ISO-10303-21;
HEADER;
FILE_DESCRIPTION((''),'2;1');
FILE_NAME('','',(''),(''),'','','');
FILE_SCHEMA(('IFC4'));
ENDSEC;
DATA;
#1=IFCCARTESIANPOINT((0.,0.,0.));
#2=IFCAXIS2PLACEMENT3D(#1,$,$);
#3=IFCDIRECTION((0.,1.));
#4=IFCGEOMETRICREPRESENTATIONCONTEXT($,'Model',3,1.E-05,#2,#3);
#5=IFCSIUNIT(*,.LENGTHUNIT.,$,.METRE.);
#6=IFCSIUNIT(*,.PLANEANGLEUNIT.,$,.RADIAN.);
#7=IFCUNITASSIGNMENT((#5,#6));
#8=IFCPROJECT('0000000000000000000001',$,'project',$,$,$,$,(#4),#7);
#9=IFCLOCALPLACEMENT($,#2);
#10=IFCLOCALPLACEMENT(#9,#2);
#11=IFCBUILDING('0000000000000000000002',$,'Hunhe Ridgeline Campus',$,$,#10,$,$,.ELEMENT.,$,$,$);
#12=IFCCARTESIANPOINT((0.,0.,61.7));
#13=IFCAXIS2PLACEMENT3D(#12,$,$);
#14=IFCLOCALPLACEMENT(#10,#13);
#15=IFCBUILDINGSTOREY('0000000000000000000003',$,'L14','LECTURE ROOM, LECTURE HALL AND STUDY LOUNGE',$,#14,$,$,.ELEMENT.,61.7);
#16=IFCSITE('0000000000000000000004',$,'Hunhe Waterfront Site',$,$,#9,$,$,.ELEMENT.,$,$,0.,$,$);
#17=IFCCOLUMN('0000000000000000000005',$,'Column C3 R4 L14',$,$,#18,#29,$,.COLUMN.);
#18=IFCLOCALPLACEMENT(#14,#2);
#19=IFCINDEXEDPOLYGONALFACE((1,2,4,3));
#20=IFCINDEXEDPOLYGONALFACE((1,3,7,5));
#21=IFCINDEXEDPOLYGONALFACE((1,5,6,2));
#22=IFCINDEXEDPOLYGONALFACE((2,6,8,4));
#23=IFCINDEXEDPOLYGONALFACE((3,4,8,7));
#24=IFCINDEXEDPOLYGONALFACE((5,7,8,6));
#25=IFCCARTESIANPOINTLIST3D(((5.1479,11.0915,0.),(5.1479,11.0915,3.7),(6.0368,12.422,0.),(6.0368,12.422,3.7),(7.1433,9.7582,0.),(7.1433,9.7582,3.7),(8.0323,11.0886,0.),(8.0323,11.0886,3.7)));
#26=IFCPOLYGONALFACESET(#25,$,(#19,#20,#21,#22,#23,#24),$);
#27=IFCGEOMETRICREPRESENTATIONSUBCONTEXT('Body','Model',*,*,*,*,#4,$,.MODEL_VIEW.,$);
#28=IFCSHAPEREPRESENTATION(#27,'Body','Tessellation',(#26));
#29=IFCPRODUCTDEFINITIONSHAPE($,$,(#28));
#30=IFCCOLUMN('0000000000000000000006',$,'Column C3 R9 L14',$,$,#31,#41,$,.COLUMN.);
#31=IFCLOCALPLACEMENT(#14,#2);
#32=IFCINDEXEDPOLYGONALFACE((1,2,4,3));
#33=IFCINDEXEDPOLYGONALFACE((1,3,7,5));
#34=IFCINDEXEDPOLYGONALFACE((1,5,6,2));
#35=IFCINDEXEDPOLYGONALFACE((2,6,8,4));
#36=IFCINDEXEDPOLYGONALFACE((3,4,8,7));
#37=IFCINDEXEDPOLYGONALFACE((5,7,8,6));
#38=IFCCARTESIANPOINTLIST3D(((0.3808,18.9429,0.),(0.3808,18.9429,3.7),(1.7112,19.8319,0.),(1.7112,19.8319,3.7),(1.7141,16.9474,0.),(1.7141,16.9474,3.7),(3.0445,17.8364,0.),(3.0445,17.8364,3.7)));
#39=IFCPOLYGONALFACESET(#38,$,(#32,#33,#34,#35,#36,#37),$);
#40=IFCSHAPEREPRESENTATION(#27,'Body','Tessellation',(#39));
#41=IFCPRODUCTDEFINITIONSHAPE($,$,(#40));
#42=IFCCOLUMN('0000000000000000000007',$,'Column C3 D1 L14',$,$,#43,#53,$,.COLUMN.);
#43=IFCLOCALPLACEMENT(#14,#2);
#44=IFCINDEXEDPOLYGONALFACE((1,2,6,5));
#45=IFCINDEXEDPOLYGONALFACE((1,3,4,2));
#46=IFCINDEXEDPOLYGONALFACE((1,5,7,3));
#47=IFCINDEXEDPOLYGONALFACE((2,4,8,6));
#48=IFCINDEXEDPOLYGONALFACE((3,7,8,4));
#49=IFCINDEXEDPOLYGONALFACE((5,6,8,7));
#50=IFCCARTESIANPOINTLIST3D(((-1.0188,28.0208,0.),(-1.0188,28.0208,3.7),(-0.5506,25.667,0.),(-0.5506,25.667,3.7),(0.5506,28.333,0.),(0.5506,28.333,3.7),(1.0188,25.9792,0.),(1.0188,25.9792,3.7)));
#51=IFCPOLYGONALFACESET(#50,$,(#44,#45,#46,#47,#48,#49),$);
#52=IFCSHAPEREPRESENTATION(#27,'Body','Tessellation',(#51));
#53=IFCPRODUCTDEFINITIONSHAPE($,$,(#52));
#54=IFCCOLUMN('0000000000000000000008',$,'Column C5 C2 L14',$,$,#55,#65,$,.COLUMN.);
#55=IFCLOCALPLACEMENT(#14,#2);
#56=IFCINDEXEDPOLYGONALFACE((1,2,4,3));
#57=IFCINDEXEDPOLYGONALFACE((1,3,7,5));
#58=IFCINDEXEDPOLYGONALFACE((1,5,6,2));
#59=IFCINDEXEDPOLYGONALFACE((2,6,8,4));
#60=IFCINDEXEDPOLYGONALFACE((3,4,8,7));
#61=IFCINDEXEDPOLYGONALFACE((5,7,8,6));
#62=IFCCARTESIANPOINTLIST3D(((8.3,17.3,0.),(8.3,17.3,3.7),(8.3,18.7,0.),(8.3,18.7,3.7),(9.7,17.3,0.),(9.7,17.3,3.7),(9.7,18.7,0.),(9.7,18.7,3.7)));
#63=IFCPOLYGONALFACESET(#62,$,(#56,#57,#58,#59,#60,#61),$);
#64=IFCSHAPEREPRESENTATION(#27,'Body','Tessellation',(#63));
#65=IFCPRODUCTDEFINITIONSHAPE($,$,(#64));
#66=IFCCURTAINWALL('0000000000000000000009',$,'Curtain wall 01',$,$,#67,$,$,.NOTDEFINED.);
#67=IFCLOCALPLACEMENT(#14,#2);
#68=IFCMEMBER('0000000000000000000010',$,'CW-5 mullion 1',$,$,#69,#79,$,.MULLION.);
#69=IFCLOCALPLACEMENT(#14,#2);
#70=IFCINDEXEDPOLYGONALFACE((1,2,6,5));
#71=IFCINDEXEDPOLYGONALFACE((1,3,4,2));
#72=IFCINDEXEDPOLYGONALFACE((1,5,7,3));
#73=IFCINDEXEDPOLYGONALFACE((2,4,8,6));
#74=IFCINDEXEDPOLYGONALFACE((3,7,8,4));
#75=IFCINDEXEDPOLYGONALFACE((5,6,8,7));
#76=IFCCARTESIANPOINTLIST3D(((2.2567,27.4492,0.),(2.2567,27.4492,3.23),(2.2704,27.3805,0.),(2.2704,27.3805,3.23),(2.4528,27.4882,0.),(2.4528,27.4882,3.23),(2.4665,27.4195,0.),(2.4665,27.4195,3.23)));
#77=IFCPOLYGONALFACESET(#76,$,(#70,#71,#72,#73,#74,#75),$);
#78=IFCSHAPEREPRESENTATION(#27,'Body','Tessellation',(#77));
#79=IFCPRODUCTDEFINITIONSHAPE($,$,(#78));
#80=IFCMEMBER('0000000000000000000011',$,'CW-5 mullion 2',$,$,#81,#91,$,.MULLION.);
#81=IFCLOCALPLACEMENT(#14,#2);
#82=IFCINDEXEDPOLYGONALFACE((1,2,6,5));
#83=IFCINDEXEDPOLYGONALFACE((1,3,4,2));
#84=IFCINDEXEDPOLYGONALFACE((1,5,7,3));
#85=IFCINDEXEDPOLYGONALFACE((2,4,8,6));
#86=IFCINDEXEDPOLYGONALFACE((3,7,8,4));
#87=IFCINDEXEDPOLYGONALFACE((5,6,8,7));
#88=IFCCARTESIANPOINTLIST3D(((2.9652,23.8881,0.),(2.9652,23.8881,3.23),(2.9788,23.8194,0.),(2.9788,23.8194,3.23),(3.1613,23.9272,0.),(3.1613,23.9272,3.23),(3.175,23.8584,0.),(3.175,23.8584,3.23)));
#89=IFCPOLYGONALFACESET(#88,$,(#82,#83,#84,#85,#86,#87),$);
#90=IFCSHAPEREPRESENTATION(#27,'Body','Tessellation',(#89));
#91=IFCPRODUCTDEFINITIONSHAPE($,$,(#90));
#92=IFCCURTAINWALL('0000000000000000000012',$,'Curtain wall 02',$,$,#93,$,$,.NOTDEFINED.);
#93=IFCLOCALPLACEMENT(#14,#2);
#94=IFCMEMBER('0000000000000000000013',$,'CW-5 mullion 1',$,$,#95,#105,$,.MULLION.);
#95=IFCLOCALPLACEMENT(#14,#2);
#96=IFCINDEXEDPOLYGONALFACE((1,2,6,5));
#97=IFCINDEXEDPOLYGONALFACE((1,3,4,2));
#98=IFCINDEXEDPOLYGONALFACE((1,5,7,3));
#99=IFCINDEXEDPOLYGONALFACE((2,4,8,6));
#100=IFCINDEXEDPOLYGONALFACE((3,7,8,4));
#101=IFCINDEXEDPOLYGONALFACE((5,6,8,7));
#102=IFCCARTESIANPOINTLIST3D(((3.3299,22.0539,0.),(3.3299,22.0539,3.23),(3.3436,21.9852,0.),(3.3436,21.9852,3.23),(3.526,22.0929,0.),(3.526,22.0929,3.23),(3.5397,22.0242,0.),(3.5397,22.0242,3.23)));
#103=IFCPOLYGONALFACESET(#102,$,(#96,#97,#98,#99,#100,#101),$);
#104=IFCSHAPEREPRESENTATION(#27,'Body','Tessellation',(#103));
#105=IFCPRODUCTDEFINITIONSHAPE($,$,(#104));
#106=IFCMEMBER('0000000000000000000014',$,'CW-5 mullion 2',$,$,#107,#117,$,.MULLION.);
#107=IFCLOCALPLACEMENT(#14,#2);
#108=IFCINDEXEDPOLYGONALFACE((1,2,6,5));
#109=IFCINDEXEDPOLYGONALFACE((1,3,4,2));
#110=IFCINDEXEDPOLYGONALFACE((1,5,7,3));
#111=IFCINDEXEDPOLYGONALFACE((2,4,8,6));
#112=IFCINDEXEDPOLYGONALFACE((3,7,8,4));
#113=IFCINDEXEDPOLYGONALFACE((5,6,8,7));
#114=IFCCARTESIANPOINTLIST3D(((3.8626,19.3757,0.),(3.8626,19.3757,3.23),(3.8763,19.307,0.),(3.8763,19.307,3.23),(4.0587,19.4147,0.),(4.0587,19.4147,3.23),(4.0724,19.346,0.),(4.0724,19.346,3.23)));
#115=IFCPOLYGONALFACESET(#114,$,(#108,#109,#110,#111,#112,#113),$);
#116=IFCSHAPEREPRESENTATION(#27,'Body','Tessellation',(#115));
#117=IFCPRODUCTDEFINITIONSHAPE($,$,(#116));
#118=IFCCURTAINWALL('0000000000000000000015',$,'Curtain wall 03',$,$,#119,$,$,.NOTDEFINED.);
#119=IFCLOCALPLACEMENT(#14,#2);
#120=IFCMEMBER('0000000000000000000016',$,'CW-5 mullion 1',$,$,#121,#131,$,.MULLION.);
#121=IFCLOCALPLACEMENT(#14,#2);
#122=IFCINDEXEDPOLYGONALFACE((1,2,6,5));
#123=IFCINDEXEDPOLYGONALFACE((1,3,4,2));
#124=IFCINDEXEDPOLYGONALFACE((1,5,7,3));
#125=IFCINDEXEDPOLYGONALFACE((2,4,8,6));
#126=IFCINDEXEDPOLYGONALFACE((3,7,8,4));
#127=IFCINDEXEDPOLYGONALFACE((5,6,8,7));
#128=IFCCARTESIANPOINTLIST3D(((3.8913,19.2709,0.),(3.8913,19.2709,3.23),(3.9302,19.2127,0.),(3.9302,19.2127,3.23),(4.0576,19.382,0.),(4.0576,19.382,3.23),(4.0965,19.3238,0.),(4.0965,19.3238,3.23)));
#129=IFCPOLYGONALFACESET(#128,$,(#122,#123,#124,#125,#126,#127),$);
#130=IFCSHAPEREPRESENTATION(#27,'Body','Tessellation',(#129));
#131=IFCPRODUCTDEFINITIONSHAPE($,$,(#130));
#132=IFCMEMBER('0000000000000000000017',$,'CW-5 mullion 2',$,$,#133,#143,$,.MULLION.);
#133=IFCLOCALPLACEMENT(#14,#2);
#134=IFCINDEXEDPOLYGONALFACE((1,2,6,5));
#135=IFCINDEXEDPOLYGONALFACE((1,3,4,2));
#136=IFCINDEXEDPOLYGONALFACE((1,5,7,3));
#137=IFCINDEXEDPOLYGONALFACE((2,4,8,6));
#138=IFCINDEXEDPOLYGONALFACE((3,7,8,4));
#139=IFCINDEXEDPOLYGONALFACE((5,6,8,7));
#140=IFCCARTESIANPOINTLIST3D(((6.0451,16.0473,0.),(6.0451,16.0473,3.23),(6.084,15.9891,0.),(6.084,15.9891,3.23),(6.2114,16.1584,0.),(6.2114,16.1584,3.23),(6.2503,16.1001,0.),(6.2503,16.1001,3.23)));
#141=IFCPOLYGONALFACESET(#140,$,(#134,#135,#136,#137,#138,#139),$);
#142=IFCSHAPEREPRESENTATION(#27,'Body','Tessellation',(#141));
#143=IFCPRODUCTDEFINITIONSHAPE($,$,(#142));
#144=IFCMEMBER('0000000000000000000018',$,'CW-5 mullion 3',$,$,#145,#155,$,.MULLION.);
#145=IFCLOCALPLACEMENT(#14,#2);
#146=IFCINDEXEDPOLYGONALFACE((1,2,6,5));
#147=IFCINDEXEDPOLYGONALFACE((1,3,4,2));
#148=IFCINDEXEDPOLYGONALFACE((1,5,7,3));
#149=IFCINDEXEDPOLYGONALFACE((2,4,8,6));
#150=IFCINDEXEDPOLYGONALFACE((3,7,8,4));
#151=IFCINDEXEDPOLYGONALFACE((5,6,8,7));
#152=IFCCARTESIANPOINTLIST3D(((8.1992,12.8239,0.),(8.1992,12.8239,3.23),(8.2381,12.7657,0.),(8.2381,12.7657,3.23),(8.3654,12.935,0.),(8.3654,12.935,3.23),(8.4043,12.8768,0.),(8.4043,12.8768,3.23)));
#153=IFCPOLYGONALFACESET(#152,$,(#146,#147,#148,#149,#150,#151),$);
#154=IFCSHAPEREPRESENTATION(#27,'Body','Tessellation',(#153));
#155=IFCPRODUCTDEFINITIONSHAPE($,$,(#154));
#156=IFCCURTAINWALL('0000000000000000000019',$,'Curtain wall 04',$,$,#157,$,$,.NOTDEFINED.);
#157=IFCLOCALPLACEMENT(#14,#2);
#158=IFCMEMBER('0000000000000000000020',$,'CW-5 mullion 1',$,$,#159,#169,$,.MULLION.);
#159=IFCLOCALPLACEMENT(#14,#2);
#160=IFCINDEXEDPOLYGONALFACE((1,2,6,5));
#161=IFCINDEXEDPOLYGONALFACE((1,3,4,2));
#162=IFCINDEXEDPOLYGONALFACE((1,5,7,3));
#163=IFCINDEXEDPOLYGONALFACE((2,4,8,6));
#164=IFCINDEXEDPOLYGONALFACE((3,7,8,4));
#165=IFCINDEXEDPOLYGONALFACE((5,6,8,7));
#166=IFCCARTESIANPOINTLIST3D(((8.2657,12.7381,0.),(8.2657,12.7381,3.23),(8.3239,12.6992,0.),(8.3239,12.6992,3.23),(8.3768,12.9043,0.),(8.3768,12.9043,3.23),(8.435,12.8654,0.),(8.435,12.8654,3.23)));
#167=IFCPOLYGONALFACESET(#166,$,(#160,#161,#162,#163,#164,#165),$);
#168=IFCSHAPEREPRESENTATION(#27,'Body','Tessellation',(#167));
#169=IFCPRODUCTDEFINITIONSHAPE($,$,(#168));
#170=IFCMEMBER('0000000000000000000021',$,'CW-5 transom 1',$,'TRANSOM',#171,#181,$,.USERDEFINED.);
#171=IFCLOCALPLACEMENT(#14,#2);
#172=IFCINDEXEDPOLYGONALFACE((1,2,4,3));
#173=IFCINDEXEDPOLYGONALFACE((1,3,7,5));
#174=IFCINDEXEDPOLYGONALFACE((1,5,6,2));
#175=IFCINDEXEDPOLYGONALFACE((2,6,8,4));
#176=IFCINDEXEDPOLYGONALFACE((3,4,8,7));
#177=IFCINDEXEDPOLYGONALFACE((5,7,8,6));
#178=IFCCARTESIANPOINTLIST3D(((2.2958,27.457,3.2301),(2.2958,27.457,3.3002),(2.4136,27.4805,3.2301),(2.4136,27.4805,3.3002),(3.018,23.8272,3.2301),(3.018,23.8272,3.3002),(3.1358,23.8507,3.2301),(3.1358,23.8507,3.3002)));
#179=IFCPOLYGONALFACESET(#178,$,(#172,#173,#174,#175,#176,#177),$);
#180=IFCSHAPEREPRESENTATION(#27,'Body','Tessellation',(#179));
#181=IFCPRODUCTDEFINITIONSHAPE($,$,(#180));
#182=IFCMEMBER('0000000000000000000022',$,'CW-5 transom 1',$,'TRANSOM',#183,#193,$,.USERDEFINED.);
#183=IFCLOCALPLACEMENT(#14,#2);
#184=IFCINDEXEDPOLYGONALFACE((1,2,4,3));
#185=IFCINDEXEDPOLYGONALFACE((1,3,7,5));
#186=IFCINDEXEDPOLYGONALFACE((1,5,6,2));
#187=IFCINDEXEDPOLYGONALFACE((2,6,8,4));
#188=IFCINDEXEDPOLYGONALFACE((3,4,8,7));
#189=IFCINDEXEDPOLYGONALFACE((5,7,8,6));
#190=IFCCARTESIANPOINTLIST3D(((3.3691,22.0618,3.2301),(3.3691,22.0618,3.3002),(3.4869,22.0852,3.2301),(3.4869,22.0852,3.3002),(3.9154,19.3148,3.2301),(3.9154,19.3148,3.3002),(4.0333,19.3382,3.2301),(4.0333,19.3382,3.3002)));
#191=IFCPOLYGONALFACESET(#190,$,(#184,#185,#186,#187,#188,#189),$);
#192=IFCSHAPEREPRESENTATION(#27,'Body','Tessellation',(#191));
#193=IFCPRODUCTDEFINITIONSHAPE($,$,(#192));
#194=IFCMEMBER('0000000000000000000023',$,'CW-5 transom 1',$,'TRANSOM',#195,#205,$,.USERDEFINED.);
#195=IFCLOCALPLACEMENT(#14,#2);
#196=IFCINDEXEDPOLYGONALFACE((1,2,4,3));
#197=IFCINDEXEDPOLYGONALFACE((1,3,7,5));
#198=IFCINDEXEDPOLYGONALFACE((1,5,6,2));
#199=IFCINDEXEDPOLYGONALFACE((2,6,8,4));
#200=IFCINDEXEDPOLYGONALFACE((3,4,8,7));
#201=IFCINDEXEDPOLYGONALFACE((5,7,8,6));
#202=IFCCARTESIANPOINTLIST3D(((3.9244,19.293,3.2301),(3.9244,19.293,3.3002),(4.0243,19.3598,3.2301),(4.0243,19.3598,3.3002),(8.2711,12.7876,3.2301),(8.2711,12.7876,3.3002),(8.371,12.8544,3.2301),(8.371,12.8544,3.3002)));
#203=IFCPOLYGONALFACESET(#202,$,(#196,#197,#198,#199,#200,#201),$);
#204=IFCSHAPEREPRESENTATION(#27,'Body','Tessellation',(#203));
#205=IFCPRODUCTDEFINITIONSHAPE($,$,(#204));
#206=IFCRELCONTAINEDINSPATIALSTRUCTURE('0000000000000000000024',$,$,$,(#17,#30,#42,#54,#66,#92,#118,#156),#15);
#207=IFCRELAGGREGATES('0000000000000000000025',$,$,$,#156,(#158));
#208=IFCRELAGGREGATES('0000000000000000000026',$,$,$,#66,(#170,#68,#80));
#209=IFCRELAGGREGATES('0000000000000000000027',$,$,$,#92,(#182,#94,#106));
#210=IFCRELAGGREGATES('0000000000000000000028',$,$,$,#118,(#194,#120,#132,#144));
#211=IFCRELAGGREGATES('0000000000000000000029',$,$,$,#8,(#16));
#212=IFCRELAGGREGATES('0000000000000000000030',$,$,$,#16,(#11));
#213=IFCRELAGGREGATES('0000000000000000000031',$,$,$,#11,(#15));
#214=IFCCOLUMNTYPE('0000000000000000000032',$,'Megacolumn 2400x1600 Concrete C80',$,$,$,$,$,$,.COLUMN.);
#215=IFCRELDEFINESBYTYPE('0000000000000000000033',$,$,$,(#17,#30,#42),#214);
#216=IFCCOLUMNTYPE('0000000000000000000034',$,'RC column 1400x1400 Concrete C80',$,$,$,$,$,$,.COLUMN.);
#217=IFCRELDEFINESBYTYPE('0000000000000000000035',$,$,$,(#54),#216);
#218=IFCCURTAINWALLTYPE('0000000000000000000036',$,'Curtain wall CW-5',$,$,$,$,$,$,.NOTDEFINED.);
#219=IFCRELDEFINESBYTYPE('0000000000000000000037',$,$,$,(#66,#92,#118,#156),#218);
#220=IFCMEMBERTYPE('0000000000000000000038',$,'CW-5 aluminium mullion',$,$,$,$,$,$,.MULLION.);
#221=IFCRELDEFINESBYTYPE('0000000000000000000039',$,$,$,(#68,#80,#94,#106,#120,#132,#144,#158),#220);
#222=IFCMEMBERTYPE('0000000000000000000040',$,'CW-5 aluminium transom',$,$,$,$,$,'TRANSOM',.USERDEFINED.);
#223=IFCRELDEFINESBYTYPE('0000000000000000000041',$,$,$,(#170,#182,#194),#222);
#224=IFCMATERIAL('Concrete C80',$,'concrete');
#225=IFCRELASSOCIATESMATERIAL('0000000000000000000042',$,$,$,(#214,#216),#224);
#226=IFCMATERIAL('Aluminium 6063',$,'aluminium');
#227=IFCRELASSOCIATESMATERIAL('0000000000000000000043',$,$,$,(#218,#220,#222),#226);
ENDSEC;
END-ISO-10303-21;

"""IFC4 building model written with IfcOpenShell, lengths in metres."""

from ifc_helpers import new_model, si_unit, direction, frame, origin, origin_2d, place, context, subcontext, project, spatial, rectangle, extrude, material, material_profile, profile_set, type_object, element, aggregate, save


model = new_model("IFC4")

# Units and contexts
model_context = context("Model", 3, precision=1e-05, world=origin(), true_north=direction((0.0, 1.0)))
body_context = subcontext(model_context, "Body", "Model", "MODEL_VIEW")
ifc_project = project(units=[si_unit("LENGTHUNIT", "METRE"), si_unit("PLANEANGLEUNIT", "RADIAN")], contexts=[model_context])

# Site, building, storey
site_placement = place(None, origin())
site = spatial("IfcSite", under=ifc_project, at=site_placement, Name="Hunhe Waterfront Site", CompositionType="ELEMENT", RefElevation=0.0)
building_placement = place(site_placement, origin())
building = spatial("IfcBuilding", under=site, at=building_placement, Name="Hunhe Ridgeline Campus", CompositionType="ELEMENT")
storey_placement = place(building_placement, frame((0.0, 0.0, 61.7)))
storey = spatial("IfcBuildingStorey", under=building, at=storey_placement, Name="L14", Description="LECTURE ROOM, LECTURE HALL AND STUDY LOUNGE", CompositionType="ELEMENT", Elevation=61.7)

# Columns
ifc_material_1 = material(Name="Concrete C80", Category="concrete")
ifc_material_profile_1 = material_profile(ifc_material_1, rectangle(XDim=2.3999, YDim=1.6001, at=origin_2d()))
ifc_profile_set_1 = profile_set([ifc_material_profile_1], Name="Concrete C80")
column_type_1 = type_object("IfcColumnType", Name="Megacolumn 2400x1600 Concrete C80", PredefinedType="COLUMN", material=ifc_profile_set_1)
for number, where, z_axis, x_axis, name in (
    (1, (6.5901, 11.0901, 0.0), (0.0, 0.0, 1.0), (-0.83147, 0.55557, 0.0), "Column C3 R4 L14"),
    (2, (1.7126, 18.3896, 0.0), (0.0, 0.0, 1.0), (-0.55557, 0.83147, 0.0), "Column C3 R9 L14"),
    (3, (0.0, 27.0, 0.0), (0.0, 0.0, 1.0), (-0.19509, 0.980785, 0.0), "Column C3 D1 L14"),
):
    element("IfcColumn", number, at=place(storey_placement, frame(where, z_axis=z_axis, x_axis=x_axis)), inside=storey, type_object=column_type_1, Name=name, PredefinedType="COLUMN", context=body_context, shape_type="SweptSolid", body=[
        extrude(rectangle(XDim=2.3999, YDim=1.6001, at=origin_2d()), origin(), (0.0, 0.0, 1.0), 3.7),
    ])
ifc_material_profile_2 = material_profile(ifc_material_1, rectangle(XDim=1.3999, YDim=1.3999, at=origin_2d()))
ifc_profile_set_2 = profile_set([ifc_material_profile_2], Name="Concrete C80")
column_type_2 = type_object("IfcColumnType", Name="RC column 1400x1400 Concrete C80", PredefinedType="COLUMN", material=ifc_profile_set_2)
column_placement = place(storey_placement, frame((9.0, 18.0, 0.0), z_axis=(0.0, 0.0, 1.0), x_axis=(1.0, 0.0, 0.0)))
element("IfcColumn", 4, at=column_placement, inside=storey, type_object=column_type_2, Name="Column C5 C2 L14", PredefinedType="COLUMN", context=body_context, shape_type="SweptSolid", body=[
    extrude(rectangle(XDim=1.3999, YDim=1.3999, at=origin_2d()), origin(), (0.0, 0.0, 1.0), 3.7),
])

# Curtain walls, members
ifc_material_2 = material(Name="Aluminium 6063", Category="aluminium")
curtain_wall_type = type_object("IfcCurtainWallType", Name="Curtain wall CW-5", PredefinedType="NOTDEFINED", material=ifc_material_2)
curtain_wall_1_placement = place(storey_placement, origin())
curtain_wall_1 = element("IfcCurtainWall", 5, at=curtain_wall_1_placement, inside=storey, type_object=curtain_wall_type, Name="Curtain wall 01", PredefinedType="NOTDEFINED")
ifc_material_profile_3 = material_profile(ifc_material_2, rectangle(XDim=0.2, YDim=0.0701, at=origin_2d()))
ifc_profile_set_3 = profile_set([ifc_material_profile_3], Name="Aluminium 6063")
member_type_1 = type_object("IfcMemberType", Name="CW-5 aluminium mullion", PredefinedType="MULLION", material=ifc_profile_set_3)
member_1_placement = place(storey_placement, frame((2.3616, 27.4343, 0.0), z_axis=(0.0, 0.0, 1.0), x_axis=(0.980784, 0.195095, 0.0)))
member_1 = element("IfcMember", 6, at=member_1_placement, type_object=member_type_1, Name="CW-5 mullion 1", PredefinedType="MULLION", context=body_context, shape_type="SweptSolid", body=[
    extrude(rectangle(XDim=0.2, YDim=0.0701, at=origin_2d()), origin(), (0.0, 0.0, 1.0), 3.23),
])
member_2_placement = place(storey_placement, frame((3.0701, 23.8733, 0.0), z_axis=(0.0, 0.0, 1.0), x_axis=(0.980784, 0.195095, 0.0)))
member_2 = element("IfcMember", 7, at=member_2_placement, type_object=member_type_1, Name="CW-5 mullion 2", PredefinedType="MULLION", context=body_context, shape_type="SweptSolid", body=[
    extrude(rectangle(XDim=0.2, YDim=0.0701, at=origin_2d()), origin(), (0.0, 0.0, 1.0), 3.23),
])
curtain_wall_2_placement = place(storey_placement, origin())
curtain_wall_2 = element("IfcCurtainWall", 8, at=curtain_wall_2_placement, inside=storey, type_object=curtain_wall_type, Name="Curtain wall 02", PredefinedType="NOTDEFINED")
member_3_placement = place(storey_placement, frame((3.4348, 22.0391, 0.0), z_axis=(0.0, 0.0, 1.0), x_axis=(0.980784, 0.195095, 0.0)))
member_3 = element("IfcMember", 9, at=member_3_placement, type_object=member_type_1, Name="CW-5 mullion 1", PredefinedType="MULLION", context=body_context, shape_type="SweptSolid", body=[
    extrude(rectangle(XDim=0.2, YDim=0.0701, at=origin_2d()), origin(), (0.0, 0.0, 1.0), 3.23),
])
member_4_placement = place(storey_placement, frame((3.9675, 19.3608, 0.0), z_axis=(0.0, 0.0, 1.0), x_axis=(0.980784, 0.195095, 0.0)))
member_4 = element("IfcMember", 10, at=member_4_placement, type_object=member_type_1, Name="CW-5 mullion 2", PredefinedType="MULLION", context=body_context, shape_type="SweptSolid", body=[
    extrude(rectangle(XDim=0.2, YDim=0.0701, at=origin_2d()), origin(), (0.0, 0.0, 1.0), 3.23),
])
curtain_wall_3_placement = place(storey_placement, origin())
curtain_wall_3 = element("IfcCurtainWall", 11, at=curtain_wall_3_placement, inside=storey, type_object=curtain_wall_type, Name="Curtain wall 03", PredefinedType="NOTDEFINED")
member_5_placement = place(storey_placement, frame((3.9939, 19.2974, 0.0), z_axis=(0.0, 0.0, 1.0), x_axis=(0.83147, 0.55557, 0.0)))
member_5 = element("IfcMember", 12, at=member_5_placement, type_object=member_type_1, Name="CW-5 mullion 1", PredefinedType="MULLION", context=body_context, shape_type="SweptSolid", body=[
    extrude(rectangle(XDim=0.2, YDim=0.0701, at=origin_2d()), origin(), (0.0, 0.0, 1.0), 3.23),
])
member_6_placement = place(storey_placement, frame((6.1477, 16.0737, 0.0), z_axis=(0.0, 0.0, 1.0), x_axis=(0.83147, 0.55557, 0.0)))
member_6 = element("IfcMember", 13, at=member_6_placement, type_object=member_type_1, Name="CW-5 mullion 2", PredefinedType="MULLION", context=body_context, shape_type="SweptSolid", body=[
    extrude(rectangle(XDim=0.2, YDim=0.0701, at=origin_2d()), origin(), (0.0, 0.0, 1.0), 3.23),
])
member_7_placement = place(storey_placement, frame((8.3018, 12.8503, 0.0), z_axis=(0.0, 0.0, 1.0), x_axis=(0.83147, 0.55557, 0.0)))
member_7 = element("IfcMember", 14, at=member_7_placement, type_object=member_type_1, Name="CW-5 mullion 3", PredefinedType="MULLION", context=body_context, shape_type="SweptSolid", body=[
    extrude(rectangle(XDim=0.2, YDim=0.0701, at=origin_2d()), origin(), (0.0, 0.0, 1.0), 3.23),
])

# Curtain wall, member
curtain_wall_4_placement = place(storey_placement, origin())
curtain_wall_4 = element("IfcCurtainWall", 15, at=curtain_wall_4_placement, inside=storey, type_object=curtain_wall_type, Name="Curtain wall 04", PredefinedType="NOTDEFINED")
member_8_placement = place(storey_placement, frame((8.3503, 12.8018, 0.0), z_axis=(0.0, 0.0, 1.0), x_axis=(0.55557, 0.83147, 0.0)))
member_8 = element("IfcMember", 16, at=member_8_placement, type_object=member_type_1, Name="CW-5 mullion 1", PredefinedType="MULLION", context=body_context, shape_type="SweptSolid", body=[
    extrude(rectangle(XDim=0.2, YDim=0.0701, at=origin_2d()), origin(), (0.0, 0.0, 1.0), 3.23),
])

# Members
ifc_material_profile_4 = material_profile(ifc_material_2, rectangle(XDim=0.1201, YDim=0.0701, at=origin_2d()))
ifc_profile_set_4 = profile_set([ifc_material_profile_4], Name="Aluminium 6063")
member_type_2 = type_object("IfcMemberType", Name="CW-5 aluminium transom", ElementType="TRANSOM", PredefinedType="USERDEFINED", material=ifc_profile_set_4)
member_9_placement = place(storey_placement, frame((2.3547, 27.4688, 3.2651), z_axis=(0.195127, -0.980778, 0.0), x_axis=(0.980778, 0.195127, 0.0)))
member_9 = element("IfcMember", 17, at=member_9_placement, type_object=member_type_2, Name="CW-5 transom 1", ObjectType="TRANSOM", PredefinedType="USERDEFINED", context=body_context, shape_type="SweptSolid", body=[
    extrude(rectangle(XDim=0.1201, YDim=0.0701, at=origin_2d()), origin(), (0.0, 0.0, 1.0), 3.7009),
])
member_10_placement = place(storey_placement, frame((3.428, 22.0735, 3.2651), z_axis=(0.195077, -0.980788, 0.0), x_axis=(0.980788, 0.195077, 0.0)))
member_10 = element("IfcMember", 18, at=member_10_placement, type_object=member_type_2, Name="CW-5 transom 1", ObjectType="TRANSOM", PredefinedType="USERDEFINED", context=body_context, shape_type="SweptSolid", body=[
    extrude(rectangle(XDim=0.1201, YDim=0.0701, at=origin_2d()), origin(), (0.0, 0.0, 1.0), 2.8008),
])
member_11_placement = place(storey_placement, frame((3.9744, 19.3264, 3.2651), z_axis=(0.555564, -0.831474, 0.0), x_axis=(0.831474, 0.555564, 0.0)))
member_11 = element("IfcMember", 19, at=member_11_placement, type_object=member_type_2, Name="CW-5 transom 1", ObjectType="TRANSOM", PredefinedType="USERDEFINED", context=body_context, shape_type="SweptSolid", body=[
    extrude(rectangle(XDim=0.1201, YDim=0.0701, at=origin_2d()), origin(), (0.0, 0.0, 1.0), 7.824),
])
aggregate(curtain_wall_4, [member_8])

aggregate(curtain_wall_1, [member_9, member_1, member_2])
aggregate(curtain_wall_2, [member_10, member_3, member_4])
aggregate(curtain_wall_3, [member_11, member_5, member_6, member_7])

save(model, "model.ifc")
